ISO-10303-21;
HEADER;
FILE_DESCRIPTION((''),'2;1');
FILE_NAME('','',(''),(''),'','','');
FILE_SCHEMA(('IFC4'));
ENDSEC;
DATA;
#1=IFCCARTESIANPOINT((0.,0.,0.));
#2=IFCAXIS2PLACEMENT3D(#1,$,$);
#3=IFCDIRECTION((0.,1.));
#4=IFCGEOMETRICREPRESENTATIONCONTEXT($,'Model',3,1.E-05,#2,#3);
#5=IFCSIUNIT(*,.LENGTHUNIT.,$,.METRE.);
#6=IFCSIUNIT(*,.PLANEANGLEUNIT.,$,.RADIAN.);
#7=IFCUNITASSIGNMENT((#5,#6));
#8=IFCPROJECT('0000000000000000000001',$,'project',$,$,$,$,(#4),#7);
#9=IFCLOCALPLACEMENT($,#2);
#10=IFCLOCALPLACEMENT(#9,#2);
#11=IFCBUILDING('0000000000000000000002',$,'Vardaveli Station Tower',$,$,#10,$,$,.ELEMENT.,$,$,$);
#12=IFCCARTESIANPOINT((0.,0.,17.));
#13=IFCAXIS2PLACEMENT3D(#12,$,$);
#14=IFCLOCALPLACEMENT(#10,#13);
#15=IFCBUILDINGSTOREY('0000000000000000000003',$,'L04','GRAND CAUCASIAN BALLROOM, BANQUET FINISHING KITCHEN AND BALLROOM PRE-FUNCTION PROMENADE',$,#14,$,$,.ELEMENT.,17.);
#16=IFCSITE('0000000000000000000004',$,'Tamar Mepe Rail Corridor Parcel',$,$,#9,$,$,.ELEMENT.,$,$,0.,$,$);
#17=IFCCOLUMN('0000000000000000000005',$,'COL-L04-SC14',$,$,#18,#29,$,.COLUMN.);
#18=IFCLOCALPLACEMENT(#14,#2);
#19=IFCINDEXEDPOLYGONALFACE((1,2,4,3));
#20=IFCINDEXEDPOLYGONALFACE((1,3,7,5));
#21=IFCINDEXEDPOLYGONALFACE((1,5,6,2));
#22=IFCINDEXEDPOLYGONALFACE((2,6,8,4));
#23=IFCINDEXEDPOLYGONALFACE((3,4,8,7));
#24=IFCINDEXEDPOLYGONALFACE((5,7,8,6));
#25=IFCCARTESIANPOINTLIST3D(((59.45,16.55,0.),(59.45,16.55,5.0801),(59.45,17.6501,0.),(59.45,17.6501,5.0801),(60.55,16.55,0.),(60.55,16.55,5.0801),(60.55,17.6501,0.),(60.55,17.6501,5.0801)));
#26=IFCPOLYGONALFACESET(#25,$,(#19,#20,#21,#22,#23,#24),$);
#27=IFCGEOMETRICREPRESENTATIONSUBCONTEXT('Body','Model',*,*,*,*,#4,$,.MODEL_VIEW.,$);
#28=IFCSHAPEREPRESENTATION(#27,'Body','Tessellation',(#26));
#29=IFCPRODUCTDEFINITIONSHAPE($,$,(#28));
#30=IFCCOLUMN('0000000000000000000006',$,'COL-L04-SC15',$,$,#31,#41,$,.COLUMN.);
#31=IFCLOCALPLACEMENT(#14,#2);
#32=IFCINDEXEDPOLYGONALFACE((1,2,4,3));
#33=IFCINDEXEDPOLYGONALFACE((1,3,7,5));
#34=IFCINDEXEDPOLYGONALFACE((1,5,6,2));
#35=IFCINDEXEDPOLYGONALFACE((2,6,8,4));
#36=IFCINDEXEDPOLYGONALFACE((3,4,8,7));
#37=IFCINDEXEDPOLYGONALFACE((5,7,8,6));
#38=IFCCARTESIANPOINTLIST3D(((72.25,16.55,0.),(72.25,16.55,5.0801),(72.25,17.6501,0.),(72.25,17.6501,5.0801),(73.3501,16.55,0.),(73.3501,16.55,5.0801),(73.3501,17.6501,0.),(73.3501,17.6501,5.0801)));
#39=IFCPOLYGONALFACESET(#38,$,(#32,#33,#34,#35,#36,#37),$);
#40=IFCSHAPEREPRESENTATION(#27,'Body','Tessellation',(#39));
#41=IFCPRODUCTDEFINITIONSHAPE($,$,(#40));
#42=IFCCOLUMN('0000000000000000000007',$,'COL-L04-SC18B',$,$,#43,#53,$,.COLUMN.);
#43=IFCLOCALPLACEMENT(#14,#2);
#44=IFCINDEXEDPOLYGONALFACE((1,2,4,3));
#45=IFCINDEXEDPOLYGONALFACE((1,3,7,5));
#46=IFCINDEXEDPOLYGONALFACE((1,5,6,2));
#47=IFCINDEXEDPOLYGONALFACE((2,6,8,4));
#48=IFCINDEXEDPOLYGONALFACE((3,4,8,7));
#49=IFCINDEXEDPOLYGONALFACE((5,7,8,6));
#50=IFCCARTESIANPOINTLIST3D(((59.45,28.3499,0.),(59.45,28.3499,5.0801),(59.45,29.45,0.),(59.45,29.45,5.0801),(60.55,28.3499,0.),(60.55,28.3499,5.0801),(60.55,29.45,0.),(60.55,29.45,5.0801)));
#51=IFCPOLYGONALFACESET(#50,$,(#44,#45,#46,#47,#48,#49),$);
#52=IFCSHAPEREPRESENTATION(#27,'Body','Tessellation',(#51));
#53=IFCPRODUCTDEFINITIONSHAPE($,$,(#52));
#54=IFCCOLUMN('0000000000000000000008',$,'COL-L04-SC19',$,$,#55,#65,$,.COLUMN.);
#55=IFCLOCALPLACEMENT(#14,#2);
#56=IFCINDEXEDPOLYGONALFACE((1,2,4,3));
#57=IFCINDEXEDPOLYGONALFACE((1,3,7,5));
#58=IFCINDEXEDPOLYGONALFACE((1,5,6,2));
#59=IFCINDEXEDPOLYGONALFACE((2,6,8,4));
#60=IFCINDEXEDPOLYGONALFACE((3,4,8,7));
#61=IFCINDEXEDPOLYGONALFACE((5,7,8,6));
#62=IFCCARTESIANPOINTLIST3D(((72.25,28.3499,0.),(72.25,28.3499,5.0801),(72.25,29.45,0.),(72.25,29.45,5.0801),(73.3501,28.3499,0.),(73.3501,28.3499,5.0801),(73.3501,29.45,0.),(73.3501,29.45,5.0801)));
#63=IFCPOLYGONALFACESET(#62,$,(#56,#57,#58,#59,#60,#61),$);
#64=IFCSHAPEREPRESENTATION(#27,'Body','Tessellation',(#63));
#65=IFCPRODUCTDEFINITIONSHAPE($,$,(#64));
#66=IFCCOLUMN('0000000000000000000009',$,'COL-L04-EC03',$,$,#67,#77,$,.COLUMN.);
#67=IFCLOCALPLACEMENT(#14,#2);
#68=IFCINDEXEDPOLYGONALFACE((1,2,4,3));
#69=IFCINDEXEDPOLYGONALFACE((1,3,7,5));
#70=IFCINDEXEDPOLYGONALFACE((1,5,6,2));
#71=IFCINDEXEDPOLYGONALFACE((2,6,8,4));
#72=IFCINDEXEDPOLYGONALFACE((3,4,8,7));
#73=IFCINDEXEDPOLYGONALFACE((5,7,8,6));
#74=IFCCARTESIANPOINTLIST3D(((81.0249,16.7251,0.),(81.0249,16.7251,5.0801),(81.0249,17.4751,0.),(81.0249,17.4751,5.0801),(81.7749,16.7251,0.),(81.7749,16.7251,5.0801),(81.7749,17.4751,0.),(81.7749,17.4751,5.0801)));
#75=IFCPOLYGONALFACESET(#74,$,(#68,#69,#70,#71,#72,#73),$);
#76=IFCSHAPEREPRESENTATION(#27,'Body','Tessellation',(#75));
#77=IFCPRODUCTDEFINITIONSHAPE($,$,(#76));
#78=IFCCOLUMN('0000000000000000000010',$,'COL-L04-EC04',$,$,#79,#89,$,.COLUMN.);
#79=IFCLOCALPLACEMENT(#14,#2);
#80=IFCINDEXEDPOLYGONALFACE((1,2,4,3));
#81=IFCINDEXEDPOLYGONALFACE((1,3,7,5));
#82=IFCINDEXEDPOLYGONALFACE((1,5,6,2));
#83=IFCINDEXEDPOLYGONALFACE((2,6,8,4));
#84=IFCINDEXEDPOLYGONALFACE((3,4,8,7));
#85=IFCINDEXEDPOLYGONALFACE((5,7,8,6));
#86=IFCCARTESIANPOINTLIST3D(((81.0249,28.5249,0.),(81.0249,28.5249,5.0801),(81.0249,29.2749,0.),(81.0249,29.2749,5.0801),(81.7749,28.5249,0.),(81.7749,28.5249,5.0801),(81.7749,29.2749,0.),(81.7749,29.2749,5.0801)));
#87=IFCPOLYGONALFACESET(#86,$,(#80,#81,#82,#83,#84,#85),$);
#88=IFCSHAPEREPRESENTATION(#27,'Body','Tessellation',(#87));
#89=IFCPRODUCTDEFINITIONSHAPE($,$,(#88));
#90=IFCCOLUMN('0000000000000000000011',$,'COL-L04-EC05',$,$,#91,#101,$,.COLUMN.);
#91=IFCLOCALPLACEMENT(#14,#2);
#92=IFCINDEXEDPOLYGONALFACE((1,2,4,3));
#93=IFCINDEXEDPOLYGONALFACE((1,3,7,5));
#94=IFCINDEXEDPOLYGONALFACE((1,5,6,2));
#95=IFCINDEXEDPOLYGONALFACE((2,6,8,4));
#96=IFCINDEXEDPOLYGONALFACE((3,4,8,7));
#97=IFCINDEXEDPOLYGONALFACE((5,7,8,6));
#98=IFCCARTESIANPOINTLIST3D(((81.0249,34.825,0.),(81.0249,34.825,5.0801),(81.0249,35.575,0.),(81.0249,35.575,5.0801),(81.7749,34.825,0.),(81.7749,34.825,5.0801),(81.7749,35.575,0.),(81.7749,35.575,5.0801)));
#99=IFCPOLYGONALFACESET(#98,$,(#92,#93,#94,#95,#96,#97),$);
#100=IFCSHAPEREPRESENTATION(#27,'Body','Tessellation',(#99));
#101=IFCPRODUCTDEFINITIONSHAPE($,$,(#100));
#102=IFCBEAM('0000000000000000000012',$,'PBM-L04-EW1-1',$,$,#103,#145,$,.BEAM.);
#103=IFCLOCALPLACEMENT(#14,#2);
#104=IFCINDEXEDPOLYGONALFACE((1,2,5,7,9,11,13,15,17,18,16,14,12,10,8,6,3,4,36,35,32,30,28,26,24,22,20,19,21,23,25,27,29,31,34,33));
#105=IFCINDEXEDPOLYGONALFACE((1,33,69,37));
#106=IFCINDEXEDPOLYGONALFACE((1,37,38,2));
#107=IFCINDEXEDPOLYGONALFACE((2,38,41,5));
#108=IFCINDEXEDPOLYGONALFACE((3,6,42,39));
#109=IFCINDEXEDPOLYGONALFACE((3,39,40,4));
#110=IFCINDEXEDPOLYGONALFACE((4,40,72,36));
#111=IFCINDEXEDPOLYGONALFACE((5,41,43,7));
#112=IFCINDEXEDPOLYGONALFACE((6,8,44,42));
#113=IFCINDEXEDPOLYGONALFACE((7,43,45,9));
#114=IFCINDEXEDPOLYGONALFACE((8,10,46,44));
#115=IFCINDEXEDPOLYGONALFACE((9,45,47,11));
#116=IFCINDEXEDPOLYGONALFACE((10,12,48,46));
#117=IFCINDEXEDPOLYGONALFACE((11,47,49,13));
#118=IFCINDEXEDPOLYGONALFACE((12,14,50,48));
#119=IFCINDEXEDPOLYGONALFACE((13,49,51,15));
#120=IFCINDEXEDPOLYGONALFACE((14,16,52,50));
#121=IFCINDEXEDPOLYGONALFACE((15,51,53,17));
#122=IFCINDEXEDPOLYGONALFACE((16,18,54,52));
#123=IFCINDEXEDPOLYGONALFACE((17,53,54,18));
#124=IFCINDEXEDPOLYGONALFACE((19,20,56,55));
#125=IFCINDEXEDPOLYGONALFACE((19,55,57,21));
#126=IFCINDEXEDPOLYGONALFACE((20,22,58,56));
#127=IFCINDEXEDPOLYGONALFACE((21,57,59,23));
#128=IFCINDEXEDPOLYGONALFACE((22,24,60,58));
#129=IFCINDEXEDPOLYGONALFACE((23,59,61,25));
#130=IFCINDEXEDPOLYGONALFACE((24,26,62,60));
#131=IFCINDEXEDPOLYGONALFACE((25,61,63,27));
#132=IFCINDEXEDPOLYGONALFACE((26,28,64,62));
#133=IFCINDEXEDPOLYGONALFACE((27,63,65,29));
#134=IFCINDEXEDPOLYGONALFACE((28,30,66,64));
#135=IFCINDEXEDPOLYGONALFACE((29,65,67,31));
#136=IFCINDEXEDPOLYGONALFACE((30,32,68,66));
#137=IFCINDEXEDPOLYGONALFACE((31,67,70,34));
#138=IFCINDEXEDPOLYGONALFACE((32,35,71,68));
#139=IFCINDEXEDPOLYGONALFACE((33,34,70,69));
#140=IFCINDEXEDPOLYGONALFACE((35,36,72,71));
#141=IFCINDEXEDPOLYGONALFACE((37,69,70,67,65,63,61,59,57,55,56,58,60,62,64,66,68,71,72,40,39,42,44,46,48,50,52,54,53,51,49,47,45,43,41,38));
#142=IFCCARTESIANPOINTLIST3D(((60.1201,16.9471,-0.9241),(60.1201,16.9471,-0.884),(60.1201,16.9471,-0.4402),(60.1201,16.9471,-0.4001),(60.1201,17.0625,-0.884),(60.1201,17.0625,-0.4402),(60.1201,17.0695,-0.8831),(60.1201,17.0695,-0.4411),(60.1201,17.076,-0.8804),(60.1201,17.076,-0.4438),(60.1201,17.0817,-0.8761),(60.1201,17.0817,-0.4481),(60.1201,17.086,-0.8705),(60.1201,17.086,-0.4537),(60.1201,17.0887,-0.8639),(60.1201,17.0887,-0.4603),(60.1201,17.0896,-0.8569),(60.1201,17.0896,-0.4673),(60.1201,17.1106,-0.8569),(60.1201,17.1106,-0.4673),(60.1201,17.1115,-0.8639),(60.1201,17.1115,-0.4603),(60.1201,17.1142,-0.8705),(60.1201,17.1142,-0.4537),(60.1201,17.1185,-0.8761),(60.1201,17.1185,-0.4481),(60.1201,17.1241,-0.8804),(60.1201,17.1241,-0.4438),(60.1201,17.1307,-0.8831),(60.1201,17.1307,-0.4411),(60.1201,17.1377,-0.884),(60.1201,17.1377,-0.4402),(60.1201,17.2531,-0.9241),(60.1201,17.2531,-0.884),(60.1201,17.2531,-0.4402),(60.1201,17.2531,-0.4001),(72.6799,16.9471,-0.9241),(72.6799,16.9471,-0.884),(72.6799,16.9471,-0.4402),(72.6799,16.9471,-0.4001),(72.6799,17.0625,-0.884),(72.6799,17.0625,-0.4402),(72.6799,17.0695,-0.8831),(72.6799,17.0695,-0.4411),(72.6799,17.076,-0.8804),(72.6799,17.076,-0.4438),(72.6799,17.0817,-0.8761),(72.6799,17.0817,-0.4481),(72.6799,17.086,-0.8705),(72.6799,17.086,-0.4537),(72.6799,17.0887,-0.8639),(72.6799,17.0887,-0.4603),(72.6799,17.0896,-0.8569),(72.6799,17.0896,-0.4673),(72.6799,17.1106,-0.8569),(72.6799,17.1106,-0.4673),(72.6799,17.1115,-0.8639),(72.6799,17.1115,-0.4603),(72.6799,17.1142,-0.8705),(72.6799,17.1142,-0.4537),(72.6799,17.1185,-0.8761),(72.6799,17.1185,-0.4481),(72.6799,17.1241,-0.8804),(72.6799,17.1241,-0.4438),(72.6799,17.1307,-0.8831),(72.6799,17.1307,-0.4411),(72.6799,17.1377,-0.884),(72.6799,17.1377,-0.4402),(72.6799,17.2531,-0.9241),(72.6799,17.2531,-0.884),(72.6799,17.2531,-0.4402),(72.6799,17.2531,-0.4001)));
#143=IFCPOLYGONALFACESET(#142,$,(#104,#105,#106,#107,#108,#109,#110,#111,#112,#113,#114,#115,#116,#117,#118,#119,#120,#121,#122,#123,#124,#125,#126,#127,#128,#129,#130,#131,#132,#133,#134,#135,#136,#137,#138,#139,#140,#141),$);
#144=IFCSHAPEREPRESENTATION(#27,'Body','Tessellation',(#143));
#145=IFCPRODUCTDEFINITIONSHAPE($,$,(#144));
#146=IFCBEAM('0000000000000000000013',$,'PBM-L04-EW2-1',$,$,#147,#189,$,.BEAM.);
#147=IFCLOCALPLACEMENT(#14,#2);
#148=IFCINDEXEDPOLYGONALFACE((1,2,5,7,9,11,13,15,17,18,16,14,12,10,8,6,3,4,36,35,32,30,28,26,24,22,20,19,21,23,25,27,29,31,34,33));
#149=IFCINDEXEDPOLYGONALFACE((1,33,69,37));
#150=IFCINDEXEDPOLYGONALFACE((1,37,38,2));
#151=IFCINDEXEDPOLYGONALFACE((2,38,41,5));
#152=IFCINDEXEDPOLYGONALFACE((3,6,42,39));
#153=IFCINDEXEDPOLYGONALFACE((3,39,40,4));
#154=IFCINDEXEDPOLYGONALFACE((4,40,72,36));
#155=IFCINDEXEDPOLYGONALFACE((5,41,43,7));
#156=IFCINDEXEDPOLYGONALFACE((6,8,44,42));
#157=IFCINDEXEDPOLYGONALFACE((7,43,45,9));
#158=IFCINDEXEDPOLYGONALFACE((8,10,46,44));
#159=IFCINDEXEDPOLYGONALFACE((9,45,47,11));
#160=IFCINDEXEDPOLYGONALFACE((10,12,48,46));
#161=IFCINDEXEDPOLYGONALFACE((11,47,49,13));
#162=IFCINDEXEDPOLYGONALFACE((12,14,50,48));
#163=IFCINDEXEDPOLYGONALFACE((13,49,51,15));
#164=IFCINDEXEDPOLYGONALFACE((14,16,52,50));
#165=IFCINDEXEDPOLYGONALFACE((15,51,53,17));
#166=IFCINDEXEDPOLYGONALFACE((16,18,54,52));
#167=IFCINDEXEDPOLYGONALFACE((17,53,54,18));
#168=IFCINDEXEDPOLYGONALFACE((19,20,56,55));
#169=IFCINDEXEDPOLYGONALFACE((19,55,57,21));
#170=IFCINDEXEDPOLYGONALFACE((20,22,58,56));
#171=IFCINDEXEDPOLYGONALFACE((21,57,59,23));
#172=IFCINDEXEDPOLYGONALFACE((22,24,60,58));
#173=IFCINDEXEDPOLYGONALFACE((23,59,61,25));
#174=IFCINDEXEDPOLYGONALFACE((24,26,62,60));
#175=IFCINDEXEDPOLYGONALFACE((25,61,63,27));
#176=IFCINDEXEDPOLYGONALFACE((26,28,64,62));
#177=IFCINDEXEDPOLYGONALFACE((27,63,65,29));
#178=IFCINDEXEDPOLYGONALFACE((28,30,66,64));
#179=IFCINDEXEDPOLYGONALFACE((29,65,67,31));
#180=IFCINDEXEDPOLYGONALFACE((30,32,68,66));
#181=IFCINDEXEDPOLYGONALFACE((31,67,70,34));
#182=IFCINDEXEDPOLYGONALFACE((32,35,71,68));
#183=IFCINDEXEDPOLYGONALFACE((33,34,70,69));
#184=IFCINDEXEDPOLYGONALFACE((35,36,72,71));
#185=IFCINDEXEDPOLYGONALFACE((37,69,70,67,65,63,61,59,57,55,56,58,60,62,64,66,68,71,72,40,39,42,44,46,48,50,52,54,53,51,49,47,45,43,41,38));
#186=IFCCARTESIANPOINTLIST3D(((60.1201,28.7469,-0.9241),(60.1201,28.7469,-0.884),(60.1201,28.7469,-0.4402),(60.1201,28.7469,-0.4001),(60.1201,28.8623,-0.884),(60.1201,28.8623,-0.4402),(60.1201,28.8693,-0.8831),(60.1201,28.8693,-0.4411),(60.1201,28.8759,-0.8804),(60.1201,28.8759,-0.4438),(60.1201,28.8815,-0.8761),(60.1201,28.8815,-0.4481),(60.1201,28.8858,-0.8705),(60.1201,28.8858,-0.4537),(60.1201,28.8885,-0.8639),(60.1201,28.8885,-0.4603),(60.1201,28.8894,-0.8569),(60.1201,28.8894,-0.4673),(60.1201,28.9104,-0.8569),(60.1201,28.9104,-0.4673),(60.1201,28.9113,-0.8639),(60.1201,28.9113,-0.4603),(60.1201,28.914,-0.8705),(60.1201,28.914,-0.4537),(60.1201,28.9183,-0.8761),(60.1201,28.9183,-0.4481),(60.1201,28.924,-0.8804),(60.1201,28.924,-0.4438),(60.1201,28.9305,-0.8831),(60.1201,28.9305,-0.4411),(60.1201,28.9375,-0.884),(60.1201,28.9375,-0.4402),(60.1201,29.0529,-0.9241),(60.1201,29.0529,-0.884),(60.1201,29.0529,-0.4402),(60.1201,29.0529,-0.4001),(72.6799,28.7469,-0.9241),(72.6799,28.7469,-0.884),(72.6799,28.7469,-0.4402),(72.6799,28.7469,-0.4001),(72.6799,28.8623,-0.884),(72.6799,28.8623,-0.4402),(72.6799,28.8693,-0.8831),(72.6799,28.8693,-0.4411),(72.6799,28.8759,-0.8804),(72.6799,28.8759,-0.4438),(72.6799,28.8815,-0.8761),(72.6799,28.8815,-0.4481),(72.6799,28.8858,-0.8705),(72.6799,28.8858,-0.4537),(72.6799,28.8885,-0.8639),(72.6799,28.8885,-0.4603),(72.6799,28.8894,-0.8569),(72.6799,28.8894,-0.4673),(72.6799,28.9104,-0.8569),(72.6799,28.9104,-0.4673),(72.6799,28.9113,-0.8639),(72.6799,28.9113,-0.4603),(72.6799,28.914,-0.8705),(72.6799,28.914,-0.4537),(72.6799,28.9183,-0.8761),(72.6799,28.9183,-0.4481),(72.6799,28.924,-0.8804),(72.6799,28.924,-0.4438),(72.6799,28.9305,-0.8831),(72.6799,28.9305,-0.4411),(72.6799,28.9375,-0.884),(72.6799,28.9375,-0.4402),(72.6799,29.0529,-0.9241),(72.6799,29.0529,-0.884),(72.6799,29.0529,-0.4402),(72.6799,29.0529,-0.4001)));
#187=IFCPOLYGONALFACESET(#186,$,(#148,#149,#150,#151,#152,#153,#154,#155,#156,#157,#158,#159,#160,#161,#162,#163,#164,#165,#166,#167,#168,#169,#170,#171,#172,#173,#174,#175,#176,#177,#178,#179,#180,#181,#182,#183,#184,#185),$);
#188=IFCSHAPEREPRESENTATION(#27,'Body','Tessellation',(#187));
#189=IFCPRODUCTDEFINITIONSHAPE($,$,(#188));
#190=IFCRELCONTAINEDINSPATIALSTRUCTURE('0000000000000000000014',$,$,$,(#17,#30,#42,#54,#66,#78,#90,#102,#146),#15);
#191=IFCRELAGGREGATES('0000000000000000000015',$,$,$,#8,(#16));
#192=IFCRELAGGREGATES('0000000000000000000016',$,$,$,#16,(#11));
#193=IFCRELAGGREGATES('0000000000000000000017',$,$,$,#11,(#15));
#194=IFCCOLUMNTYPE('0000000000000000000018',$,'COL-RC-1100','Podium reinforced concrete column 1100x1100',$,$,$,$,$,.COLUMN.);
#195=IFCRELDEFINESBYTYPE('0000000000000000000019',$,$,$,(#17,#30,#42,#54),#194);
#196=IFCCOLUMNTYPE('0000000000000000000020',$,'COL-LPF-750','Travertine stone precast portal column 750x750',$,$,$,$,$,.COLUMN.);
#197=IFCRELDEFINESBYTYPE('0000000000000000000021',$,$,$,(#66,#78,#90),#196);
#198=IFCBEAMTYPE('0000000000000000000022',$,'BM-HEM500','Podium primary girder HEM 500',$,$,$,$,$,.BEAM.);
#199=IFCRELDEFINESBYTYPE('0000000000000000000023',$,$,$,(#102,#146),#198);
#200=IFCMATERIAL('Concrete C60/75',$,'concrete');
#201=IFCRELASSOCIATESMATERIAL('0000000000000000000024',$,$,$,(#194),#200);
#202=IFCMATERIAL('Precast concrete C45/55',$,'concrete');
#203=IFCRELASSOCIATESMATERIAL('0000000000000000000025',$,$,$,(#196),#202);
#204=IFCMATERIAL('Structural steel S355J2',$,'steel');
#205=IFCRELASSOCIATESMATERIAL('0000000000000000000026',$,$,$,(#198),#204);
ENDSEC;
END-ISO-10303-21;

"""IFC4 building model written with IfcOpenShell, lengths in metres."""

from ifc_helpers import new_model, si_unit, direction, frame, origin, origin_2d, place, context, subcontext, project, spatial, rectangle, i_section, extrude, source, transform, mapped, material, material_profile, profile_set, type_object, element, save


model = new_model("IFC4")

# Units and contexts
model_context = context("Model", 3, precision=1e-05, world=origin(), true_north=direction((0.0, 1.0)))
body_context = subcontext(model_context, "Body", "Model", "MODEL_VIEW")
ifc_project = project(units=[si_unit("LENGTHUNIT", "METRE"), si_unit("PLANEANGLEUNIT", "RADIAN")], contexts=[model_context])

# Site, building, storey
site_placement = place(None, origin())
site = spatial("IfcSite", under=ifc_project, at=site_placement, Name="Tamar Mepe Rail Corridor Parcel", CompositionType="ELEMENT", RefElevation=0.0)
building_placement = place(site_placement, origin())
building = spatial("IfcBuilding", under=site, at=building_placement, Name="Vardaveli Station Tower", CompositionType="ELEMENT")
storey_placement = place(building_placement, frame((0.0, 0.0, 17.0)))
storey = spatial("IfcBuildingStorey", under=building, at=storey_placement, Name="L04", Description="GRAND CAUCASIAN BALLROOM, BANQUET FINISHING KITCHEN AND BALLROOM PRE-FUNCTION PROMENADE", CompositionType="ELEMENT", Elevation=17.0)

# Columns
ifc_material_1 = material(Name="Concrete C60/75", Category="concrete")
ifc_material_profile_1 = material_profile(ifc_material_1, rectangle(XDim=1.1001, YDim=1.1001, at=origin_2d()), Name="RC 1100x1100")
ifc_profile_set_1 = profile_set([ifc_material_profile_1], Name="Concrete C60/75")
column_type_1 = type_object("IfcColumnType", Name="COL-RC-1100", Description="Podium reinforced concrete column 1100x1100", PredefinedType="COLUMN", material=ifc_profile_set_1)
shared_shape_1 = source(origin(), body_context, "Body", "SweptSolid", [
    extrude(rectangle(XDim=1.1001, YDim=1.1001, at=origin_2d()), origin(), (0.0, 0.0, 1.0), 5.0801),
])
for number, where, z_axis, x_axis, name in (
    (1, (60.0, 17.1001, 0.0), (0.0, 0.0, 1.0), (1.0, 0.0, 0.0), "COL-L04-SC14"),
    (2, (72.8, 17.1001, 0.0), (0.0, 0.0, 1.0), (1.0, 0.0, 0.0), "COL-L04-SC15"),
    (3, (60.0, 28.8999, 0.0), (0.0, 0.0, 1.0), (1.0, 0.0, 0.0), "COL-L04-SC18B"),
    (4, (72.8, 28.8999, 0.0), (0.0, 0.0, 1.0), (1.0, 0.0, 0.0), "COL-L04-SC19"),
):
    element("IfcColumn", number, at=place(storey_placement, frame(where, z_axis=z_axis, x_axis=x_axis)), inside=storey, type_object=column_type_1, Name=name, PredefinedType="COLUMN", context=body_context, shape_type="MappedRepresentation", body=[
        mapped(shared_shape_1, transform((0.0, 0.0, 0.0), scale=1.0)),
    ])
ifc_material_2 = material(Name="Precast concrete C45/55", Category="concrete")
ifc_material_profile_2 = material_profile(ifc_material_2, rectangle(XDim=0.75, YDim=0.75, at=origin_2d()), Name="LPF 750x750")
ifc_profile_set_2 = profile_set([ifc_material_profile_2], Name="Precast concrete C45/55")
column_type_2 = type_object("IfcColumnType", Name="COL-LPF-750", Description="Travertine stone precast portal column 750x750", PredefinedType="COLUMN", material=ifc_profile_set_2)
shared_shape_2 = source(origin(), body_context, "Body", "SweptSolid", [
    extrude(rectangle(XDim=0.75, YDim=0.75, at=origin_2d()), origin(), (0.0, 0.0, 1.0), 5.0801),
])
for number, where, z_axis, x_axis, name in (
    (5, (81.3999, 17.1001, 0.0), (0.0, 0.0, 1.0), (1.0, 0.0, 0.0), "COL-L04-EC03"),
    (6, (81.3999, 28.8999, 0.0), (0.0, 0.0, 1.0), (1.0, 0.0, 0.0), "COL-L04-EC04"),
    (7, (81.3999, 35.2, 0.0), (0.0, 0.0, 1.0), (1.0, 0.0, 0.0), "COL-L04-EC05"),
):
    element("IfcColumn", number, at=place(storey_placement, frame(where, z_axis=z_axis, x_axis=x_axis)), inside=storey, type_object=column_type_2, Name=name, PredefinedType="COLUMN", context=body_context, shape_type="MappedRepresentation", body=[
        mapped(shared_shape_2, transform((0.0, 0.0, 0.0), scale=1.0)),
    ])

# Beams
ifc_material_3 = material(Name="Structural steel S355J2", Category="steel")
ifc_material_profile_3 = material_profile(ifc_material_3, i_section(OverallWidth=0.3059, OverallDepth=0.5239, WebThickness=0.021, FlangeThickness=0.04, FilletRadius=0.0271, at=origin_2d()), Name="HEM 500")
ifc_profile_set_3 = profile_set([ifc_material_profile_3], Name="Structural steel S355J2")
beam_type_1 = type_object("IfcBeamType", Name="BM-HEM500", Description="Podium primary girder HEM 500", PredefinedType="BEAM", material=ifc_profile_set_3)
shared_shape_3 = source(origin(), body_context, "Body", "SweptSolid", [
    extrude(i_section(OverallWidth=0.3059, OverallDepth=0.5239, WebThickness=0.021, FlangeThickness=0.04, FilletRadius=0.0271, at=origin_2d()), origin(), (0.0, 0.0, 1.0), 12.5598),
])
for number, where, z_axis, x_axis, name in (
    (8, (60.1201, 17.1001, -0.6621), (1.0, 0.0, 0.0), (0.0, 1.0, 0.0), "PBM-L04-EW1-1"),
    (9, (60.1201, 28.8999, -0.6621), (1.0, 0.0, 0.0), (0.0, 1.0, 0.0), "PBM-L04-EW2-1"),
):
    element("IfcBeam", number, at=place(storey_placement, frame(where, z_axis=z_axis, x_axis=x_axis)), inside=storey, type_object=beam_type_1, Name=name, PredefinedType="BEAM", context=body_context, shape_type="MappedRepresentation", body=[
        mapped(shared_shape_3, transform((0.0, 0.0, 0.0), scale=1.0)),
    ])

save(model, "model.ifc")
